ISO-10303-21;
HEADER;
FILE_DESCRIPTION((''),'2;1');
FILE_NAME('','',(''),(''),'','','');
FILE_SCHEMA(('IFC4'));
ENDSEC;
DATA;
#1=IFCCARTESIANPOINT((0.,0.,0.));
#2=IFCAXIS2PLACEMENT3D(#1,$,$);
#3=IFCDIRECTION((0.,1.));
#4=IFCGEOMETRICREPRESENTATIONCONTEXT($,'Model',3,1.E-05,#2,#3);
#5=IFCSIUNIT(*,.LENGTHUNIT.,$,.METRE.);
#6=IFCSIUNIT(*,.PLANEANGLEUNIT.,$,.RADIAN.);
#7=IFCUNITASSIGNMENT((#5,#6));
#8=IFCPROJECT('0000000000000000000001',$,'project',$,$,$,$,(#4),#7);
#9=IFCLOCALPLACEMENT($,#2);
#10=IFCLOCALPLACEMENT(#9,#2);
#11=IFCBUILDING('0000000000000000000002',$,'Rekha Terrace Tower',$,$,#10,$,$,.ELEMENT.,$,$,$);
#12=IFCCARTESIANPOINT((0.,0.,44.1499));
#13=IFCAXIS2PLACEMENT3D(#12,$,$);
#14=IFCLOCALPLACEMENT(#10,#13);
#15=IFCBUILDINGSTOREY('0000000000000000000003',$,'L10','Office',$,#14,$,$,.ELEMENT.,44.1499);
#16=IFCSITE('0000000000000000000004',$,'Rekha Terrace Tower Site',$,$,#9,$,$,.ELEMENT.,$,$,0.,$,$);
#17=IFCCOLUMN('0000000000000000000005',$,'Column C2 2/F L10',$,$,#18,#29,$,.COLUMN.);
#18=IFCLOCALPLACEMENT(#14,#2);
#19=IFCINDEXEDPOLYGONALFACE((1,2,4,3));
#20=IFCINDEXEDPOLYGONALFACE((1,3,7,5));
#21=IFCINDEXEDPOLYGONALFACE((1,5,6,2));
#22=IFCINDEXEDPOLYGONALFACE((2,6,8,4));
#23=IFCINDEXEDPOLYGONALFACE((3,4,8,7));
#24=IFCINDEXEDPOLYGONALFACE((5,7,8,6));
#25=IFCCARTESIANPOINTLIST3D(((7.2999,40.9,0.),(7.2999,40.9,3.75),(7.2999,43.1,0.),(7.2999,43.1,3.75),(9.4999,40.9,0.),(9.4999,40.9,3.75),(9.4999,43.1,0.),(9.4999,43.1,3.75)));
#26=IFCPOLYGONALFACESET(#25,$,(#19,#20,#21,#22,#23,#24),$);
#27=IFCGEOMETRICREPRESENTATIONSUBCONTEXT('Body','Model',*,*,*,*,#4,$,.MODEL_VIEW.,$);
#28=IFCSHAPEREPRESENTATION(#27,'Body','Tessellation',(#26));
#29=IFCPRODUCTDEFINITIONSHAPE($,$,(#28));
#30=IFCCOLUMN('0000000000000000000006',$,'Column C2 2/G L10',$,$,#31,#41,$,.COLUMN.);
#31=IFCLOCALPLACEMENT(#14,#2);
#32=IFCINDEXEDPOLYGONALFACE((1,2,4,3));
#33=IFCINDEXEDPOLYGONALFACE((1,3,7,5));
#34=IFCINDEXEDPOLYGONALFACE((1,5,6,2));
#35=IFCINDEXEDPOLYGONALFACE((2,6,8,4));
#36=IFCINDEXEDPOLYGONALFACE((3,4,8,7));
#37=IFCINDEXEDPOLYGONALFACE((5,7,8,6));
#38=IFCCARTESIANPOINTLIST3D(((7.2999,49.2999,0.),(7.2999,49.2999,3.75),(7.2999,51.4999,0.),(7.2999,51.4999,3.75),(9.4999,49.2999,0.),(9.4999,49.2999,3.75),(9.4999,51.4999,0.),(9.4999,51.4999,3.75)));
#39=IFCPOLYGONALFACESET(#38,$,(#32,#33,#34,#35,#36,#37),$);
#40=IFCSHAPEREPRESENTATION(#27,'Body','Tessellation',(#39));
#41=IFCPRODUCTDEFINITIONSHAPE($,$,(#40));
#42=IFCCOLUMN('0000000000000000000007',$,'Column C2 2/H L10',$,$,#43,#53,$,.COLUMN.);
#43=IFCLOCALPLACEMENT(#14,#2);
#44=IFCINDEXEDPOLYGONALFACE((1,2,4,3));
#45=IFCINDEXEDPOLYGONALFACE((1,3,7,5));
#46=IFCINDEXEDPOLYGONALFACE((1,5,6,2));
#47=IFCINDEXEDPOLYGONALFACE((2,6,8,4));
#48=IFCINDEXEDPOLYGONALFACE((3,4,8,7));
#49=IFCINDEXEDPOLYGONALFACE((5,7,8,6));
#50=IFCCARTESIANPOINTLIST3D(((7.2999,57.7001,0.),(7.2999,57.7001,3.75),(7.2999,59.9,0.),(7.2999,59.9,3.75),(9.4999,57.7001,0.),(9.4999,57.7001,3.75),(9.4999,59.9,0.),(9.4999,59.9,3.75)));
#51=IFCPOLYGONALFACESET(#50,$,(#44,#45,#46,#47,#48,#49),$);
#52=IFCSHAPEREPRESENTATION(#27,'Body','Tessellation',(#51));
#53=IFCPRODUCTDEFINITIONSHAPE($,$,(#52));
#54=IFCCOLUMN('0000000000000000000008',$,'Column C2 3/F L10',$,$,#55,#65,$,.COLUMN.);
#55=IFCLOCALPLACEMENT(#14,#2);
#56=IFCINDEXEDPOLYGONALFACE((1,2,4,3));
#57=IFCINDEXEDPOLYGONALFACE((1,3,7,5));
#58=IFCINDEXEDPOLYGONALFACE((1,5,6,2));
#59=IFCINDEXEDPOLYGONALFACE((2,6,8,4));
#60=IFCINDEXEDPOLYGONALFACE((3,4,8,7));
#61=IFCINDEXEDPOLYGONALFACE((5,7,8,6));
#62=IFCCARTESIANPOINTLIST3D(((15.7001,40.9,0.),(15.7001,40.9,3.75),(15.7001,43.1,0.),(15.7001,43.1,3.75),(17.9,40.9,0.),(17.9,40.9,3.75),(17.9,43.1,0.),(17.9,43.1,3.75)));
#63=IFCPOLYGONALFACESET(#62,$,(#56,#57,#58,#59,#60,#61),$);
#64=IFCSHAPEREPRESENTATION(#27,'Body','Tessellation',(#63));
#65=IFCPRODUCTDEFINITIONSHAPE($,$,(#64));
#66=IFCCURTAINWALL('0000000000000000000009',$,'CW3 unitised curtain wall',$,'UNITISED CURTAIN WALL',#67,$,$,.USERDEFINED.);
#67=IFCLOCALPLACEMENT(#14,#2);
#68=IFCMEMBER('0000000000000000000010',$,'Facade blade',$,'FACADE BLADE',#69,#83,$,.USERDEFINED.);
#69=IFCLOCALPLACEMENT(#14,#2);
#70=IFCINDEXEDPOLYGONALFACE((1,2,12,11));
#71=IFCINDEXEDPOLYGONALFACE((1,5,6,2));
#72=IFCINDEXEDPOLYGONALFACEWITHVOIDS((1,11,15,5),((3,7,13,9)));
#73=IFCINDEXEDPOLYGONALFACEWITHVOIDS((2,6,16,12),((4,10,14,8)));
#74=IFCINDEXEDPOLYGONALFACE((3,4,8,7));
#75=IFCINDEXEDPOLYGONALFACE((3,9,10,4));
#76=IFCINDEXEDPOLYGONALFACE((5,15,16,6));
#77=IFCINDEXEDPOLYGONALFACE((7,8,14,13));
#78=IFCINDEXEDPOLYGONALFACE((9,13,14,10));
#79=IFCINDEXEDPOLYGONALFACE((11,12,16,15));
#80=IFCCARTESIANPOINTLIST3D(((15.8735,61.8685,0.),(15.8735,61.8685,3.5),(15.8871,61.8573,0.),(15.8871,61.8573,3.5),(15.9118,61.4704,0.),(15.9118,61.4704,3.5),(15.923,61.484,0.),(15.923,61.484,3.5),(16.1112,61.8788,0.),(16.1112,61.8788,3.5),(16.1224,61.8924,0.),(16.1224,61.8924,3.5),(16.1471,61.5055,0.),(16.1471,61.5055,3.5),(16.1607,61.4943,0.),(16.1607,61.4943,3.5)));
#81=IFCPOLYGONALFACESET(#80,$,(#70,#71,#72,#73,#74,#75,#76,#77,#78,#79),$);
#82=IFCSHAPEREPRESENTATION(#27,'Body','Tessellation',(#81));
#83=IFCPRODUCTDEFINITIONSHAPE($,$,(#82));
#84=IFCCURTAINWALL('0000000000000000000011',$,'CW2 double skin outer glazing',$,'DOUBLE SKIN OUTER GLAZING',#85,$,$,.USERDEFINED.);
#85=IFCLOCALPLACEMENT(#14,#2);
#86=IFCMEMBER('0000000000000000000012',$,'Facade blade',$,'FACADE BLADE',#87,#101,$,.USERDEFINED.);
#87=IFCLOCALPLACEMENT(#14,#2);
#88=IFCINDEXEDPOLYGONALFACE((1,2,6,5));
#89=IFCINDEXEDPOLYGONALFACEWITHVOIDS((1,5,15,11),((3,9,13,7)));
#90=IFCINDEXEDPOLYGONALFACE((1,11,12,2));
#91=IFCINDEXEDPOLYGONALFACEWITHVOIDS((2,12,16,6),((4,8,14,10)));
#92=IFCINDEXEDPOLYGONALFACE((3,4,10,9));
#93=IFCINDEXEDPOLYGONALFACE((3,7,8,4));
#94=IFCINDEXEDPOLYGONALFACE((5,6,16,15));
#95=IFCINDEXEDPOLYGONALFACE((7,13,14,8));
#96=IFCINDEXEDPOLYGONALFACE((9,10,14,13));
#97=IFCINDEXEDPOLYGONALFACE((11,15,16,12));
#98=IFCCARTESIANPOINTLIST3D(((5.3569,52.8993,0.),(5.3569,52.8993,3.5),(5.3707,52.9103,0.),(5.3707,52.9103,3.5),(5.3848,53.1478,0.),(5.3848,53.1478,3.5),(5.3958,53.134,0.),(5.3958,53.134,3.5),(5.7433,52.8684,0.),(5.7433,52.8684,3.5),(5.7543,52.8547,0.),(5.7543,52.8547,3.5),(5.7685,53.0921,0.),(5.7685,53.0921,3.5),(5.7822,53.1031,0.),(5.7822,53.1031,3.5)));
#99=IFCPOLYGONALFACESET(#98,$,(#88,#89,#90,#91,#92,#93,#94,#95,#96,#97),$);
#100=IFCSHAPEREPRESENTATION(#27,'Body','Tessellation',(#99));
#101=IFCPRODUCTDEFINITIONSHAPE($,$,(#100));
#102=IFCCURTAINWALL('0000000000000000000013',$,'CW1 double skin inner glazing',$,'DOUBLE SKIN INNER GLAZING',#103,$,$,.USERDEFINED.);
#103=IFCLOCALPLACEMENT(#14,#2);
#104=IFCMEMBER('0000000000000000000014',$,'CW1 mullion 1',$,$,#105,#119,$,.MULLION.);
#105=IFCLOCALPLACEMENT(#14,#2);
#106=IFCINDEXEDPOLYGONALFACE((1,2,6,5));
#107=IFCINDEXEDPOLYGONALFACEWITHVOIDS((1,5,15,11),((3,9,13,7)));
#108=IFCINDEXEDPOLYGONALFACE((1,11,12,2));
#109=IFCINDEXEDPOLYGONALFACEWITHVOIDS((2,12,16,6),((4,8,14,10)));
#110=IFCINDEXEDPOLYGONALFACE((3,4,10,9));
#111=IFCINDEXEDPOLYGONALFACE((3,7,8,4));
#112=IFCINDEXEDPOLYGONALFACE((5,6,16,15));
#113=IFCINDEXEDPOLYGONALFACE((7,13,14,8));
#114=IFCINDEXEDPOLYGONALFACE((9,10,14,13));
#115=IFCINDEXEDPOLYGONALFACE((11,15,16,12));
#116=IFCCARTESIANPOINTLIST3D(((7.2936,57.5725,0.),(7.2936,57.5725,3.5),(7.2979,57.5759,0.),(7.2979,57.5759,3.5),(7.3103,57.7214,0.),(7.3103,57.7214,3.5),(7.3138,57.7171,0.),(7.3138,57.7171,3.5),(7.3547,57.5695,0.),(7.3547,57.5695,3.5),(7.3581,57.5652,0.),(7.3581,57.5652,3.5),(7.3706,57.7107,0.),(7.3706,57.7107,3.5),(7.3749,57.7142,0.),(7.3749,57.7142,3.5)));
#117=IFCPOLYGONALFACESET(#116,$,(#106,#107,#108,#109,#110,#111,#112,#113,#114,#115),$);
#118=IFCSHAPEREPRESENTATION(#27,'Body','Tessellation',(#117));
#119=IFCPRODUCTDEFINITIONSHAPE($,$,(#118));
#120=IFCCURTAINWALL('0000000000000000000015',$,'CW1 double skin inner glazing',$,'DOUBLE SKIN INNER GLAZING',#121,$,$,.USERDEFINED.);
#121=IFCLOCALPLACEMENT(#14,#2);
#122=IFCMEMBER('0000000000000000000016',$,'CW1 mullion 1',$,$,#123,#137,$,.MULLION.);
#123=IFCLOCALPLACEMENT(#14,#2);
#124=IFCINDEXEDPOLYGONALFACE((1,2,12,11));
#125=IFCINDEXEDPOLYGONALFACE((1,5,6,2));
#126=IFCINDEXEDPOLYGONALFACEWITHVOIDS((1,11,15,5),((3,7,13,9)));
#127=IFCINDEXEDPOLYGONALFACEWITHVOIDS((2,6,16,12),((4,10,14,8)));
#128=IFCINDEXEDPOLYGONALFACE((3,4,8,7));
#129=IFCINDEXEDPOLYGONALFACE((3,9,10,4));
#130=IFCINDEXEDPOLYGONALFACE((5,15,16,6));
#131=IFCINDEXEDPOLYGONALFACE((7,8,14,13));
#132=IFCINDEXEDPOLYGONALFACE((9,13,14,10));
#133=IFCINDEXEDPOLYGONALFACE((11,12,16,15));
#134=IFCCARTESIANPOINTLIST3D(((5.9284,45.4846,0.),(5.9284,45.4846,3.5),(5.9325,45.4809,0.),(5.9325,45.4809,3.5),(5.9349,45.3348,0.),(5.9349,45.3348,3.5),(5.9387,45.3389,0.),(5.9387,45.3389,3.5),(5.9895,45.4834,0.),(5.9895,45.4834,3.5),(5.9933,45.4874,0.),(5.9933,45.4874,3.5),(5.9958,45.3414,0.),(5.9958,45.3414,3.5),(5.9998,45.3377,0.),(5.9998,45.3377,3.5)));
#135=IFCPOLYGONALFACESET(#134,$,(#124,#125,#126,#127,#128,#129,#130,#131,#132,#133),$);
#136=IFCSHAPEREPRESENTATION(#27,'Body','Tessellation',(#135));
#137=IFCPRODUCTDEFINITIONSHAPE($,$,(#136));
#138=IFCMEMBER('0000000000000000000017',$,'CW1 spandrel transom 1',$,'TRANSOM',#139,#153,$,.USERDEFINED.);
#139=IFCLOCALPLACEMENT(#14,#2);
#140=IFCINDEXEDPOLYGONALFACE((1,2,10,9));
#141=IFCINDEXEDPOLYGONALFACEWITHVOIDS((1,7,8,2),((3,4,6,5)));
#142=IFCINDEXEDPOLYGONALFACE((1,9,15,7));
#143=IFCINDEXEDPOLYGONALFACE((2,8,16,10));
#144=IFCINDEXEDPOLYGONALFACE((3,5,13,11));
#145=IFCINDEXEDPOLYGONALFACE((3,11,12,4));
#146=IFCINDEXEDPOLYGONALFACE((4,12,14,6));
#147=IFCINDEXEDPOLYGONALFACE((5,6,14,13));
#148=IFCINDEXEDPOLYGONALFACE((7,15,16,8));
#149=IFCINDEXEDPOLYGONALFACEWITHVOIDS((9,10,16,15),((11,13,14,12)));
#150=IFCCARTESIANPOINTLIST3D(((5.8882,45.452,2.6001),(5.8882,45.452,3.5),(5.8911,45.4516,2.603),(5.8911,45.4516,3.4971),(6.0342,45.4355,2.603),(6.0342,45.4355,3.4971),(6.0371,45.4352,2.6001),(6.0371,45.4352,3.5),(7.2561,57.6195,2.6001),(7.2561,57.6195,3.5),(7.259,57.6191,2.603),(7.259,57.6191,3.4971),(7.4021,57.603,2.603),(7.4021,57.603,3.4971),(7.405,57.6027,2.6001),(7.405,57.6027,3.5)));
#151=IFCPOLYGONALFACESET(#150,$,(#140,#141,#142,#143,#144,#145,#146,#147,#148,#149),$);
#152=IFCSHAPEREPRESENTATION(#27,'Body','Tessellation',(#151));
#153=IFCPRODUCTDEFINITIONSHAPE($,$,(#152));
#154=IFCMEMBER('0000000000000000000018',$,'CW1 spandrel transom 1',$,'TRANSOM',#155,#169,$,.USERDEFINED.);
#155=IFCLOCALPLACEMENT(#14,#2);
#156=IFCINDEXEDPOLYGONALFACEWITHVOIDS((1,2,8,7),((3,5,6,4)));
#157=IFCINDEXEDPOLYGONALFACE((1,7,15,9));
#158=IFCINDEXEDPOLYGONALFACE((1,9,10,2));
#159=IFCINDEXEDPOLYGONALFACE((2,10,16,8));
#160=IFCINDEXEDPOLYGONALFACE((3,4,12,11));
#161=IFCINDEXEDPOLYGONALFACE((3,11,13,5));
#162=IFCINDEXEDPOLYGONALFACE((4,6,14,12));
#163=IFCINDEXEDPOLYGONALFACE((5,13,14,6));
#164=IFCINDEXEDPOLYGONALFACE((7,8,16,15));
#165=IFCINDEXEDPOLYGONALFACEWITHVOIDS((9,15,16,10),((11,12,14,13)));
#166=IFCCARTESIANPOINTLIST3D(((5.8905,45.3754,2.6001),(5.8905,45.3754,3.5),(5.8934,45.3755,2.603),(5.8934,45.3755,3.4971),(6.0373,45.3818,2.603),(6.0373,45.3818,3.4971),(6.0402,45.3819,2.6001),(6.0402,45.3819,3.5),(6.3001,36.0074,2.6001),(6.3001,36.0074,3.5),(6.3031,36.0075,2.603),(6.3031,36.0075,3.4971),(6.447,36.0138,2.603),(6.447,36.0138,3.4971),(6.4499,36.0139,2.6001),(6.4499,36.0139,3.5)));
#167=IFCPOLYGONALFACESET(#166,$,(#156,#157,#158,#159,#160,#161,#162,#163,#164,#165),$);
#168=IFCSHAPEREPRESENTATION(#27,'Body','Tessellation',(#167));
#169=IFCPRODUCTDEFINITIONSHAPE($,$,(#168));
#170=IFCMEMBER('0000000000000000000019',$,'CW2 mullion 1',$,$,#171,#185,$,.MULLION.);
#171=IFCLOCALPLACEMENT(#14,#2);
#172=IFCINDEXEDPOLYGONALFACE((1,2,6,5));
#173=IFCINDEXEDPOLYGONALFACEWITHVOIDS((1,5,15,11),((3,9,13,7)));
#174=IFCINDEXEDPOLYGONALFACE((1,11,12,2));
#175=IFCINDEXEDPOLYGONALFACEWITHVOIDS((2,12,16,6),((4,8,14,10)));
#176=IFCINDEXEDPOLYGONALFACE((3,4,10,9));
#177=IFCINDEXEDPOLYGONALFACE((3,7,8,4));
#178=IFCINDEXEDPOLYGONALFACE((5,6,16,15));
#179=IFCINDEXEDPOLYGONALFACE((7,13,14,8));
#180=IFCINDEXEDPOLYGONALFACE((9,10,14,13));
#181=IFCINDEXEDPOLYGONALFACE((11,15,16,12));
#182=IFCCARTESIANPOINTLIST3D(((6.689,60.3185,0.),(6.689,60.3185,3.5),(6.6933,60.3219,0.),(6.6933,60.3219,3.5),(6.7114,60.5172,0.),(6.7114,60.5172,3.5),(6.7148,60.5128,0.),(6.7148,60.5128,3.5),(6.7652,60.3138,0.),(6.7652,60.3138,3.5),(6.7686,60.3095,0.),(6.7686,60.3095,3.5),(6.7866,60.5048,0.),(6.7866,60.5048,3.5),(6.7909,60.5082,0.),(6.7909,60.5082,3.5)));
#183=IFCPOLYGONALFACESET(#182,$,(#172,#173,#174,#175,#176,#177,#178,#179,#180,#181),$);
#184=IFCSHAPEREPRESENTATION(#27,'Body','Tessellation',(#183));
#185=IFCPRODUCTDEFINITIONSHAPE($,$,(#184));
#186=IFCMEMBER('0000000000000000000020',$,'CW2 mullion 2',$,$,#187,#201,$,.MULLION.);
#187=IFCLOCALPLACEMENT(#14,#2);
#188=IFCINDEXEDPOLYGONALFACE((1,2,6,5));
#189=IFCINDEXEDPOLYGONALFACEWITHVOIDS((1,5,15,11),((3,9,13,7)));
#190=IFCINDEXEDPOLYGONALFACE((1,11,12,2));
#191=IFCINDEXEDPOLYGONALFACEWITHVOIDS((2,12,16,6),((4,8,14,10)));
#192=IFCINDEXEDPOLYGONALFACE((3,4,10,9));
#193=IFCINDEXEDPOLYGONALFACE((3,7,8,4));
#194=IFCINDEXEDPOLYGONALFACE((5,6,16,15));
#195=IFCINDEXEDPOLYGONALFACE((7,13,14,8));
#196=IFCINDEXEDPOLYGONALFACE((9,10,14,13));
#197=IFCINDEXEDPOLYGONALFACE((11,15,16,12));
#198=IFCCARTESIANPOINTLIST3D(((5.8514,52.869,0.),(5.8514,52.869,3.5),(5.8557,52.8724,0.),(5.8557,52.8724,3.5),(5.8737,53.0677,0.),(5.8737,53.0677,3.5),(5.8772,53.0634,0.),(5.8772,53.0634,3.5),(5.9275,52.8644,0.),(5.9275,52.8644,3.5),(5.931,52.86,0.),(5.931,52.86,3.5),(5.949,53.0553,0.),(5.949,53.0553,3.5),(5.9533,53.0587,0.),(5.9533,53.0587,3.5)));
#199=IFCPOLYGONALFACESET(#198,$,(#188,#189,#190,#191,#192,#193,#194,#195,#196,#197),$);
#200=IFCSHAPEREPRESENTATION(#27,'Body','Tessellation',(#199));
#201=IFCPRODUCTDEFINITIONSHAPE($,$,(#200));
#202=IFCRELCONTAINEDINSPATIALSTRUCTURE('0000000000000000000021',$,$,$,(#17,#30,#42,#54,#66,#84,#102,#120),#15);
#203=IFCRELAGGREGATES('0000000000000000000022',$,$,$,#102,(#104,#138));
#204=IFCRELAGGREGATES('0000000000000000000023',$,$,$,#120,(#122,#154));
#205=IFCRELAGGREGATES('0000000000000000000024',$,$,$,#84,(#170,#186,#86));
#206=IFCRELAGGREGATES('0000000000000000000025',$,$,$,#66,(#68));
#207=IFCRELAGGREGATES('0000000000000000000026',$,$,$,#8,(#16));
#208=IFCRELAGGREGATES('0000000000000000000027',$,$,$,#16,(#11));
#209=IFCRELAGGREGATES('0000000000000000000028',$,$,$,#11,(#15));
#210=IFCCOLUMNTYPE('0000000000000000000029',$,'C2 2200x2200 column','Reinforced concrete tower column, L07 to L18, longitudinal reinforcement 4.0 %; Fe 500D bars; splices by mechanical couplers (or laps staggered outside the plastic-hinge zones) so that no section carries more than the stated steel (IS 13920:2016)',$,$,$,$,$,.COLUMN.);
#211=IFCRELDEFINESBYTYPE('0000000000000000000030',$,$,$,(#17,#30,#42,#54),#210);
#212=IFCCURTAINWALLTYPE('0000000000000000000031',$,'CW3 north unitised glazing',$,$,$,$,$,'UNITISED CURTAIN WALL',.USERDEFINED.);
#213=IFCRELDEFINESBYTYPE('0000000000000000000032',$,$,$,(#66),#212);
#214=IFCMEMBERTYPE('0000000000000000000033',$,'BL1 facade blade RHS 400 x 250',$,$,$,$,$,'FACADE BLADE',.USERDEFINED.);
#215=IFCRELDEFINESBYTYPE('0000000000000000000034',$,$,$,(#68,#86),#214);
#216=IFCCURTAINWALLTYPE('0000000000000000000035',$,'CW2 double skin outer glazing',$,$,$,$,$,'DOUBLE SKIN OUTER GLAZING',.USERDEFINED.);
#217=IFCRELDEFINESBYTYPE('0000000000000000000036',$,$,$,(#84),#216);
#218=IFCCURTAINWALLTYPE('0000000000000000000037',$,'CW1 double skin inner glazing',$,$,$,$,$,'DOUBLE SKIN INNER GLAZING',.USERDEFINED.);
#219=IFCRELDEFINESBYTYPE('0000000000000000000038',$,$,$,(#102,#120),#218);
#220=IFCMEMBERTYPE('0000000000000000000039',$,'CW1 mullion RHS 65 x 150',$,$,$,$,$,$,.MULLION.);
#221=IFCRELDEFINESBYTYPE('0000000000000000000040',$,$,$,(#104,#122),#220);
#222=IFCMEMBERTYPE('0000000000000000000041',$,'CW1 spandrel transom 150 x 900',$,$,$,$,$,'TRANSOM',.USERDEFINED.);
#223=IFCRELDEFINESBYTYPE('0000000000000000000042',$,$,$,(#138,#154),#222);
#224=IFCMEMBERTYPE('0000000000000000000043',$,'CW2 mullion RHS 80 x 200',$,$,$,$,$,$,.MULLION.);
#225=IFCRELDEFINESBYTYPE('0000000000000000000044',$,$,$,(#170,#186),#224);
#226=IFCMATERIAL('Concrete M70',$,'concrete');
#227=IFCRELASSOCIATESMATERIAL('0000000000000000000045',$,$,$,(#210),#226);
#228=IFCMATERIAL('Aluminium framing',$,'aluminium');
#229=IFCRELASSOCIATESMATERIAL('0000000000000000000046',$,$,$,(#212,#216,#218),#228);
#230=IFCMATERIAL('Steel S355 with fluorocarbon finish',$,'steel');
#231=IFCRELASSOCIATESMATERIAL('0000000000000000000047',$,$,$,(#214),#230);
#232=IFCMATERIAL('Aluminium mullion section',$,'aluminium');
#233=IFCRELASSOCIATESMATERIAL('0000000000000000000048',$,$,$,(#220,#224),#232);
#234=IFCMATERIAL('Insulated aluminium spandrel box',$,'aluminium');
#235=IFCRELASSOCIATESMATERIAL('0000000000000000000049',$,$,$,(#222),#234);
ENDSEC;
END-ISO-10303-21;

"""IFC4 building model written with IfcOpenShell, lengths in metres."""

from ifc_helpers import new_model, si_unit, direction, frame, origin, origin_2d, place, context, subcontext, project, spatial, rectangle, hollow_rectangle, extrude, material, material_profile, profile_set, type_object, element, aggregate, save


model = new_model("IFC4")

# Units and contexts
model_context = context("Model", 3, precision=1e-05, world=origin(), true_north=direction((0.0, 1.0)))
body_context = subcontext(model_context, "Body", "Model", "MODEL_VIEW")
ifc_project = project(units=[si_unit("LENGTHUNIT", "METRE"), si_unit("PLANEANGLEUNIT", "RADIAN")], contexts=[model_context])

# Site, building, storey
site_placement = place(None, origin())
site = spatial("IfcSite", under=ifc_project, at=site_placement, Name="Rekha Terrace Tower Site", CompositionType="ELEMENT", RefElevation=0.0)
building_placement = place(site_placement, origin())
building = spatial("IfcBuilding", under=site, at=building_placement, Name="Rekha Terrace Tower", CompositionType="ELEMENT")
storey_placement = place(building_placement, frame((0.0, 0.0, 44.1499)))
storey = spatial("IfcBuildingStorey", under=building, at=storey_placement, Name="L10", Description="Office", CompositionType="ELEMENT", Elevation=44.1499)

# Columns
ifc_material_1 = material(Name="Concrete M70", Category="concrete")
ifc_material_profile_1 = material_profile(ifc_material_1, rectangle(XDim=2.2, YDim=2.2, at=origin_2d()), Name="RC 2200x2200")
ifc_profile_set_1 = profile_set([ifc_material_profile_1], Name="Concrete M70")
column_type = type_object("IfcColumnType", Name="C2 2200x2200 column", Description="Reinforced concrete tower column, L07 to L18, longitudinal reinforcement 4.0 %; Fe 500D bars; splices by mechanical couplers (or laps staggered outside the plastic-hinge zones) so that no section carries more than the stated steel (IS 13920:2016)", PredefinedType="COLUMN", material=ifc_profile_set_1)
for number, where, z_axis, x_axis, name in (
    (1, (8.3999, 42.0, 0.0), (0.0, 0.0, 1.0), (1.0, 0.0, 0.0), "Column C2 2/F L10"),
    (2, (8.3999, 50.3999, 0.0), (0.0, 0.0, 1.0), (1.0, 0.0, 0.0), "Column C2 2/G L10"),
    (3, (8.3999, 58.8, 0.0), (0.0, 0.0, 1.0), (1.0, 0.0, 0.0), "Column C2 2/H L10"),
    (4, (16.8, 42.0, 0.0), (0.0, 0.0, 1.0), (1.0, 0.0, 0.0), "Column C2 3/F L10"),
):
    element("IfcColumn", number, at=place(storey_placement, frame(where, z_axis=z_axis, x_axis=x_axis)), inside=storey, type_object=column_type, Name=name, PredefinedType="COLUMN", context=body_context, shape_type="SweptSolid", body=[
        extrude(rectangle(XDim=2.2, YDim=2.2, at=origin_2d()), origin(), (0.0, 0.0, 1.0), 3.75),
    ])

# Curtain walls, members
ifc_material_2 = material(Name="Aluminium framing", Category="aluminium")
curtain_wall_type_1 = type_object("IfcCurtainWallType", Name="CW3 north unitised glazing", ElementType="UNITISED CURTAIN WALL", PredefinedType="USERDEFINED", material=ifc_material_2)
curtain_wall_1_placement = place(storey_placement, origin())
curtain_wall_1 = element("IfcCurtainWall", 5, at=curtain_wall_1_placement, inside=storey, type_object=curtain_wall_type_1, Name="CW3 unitised curtain wall", ObjectType="UNITISED CURTAIN WALL", PredefinedType="USERDEFINED")
ifc_material_3 = material(Name="Steel S355 with fluorocarbon finish", Category="steel")
ifc_material_profile_2 = material_profile(ifc_material_3, hollow_rectangle(XDim=0.25, YDim=0.3999, WallThickness=0.0125, at=origin_2d()), Name="RHS400x250x12.5")
ifc_profile_set_2 = profile_set([ifc_material_profile_2], Name="Steel S355 with fluorocarbon finish")
member_type_1 = type_object("IfcMemberType", Name="BL1 facade blade RHS 400 x 250", ElementType="FACADE BLADE", PredefinedType="USERDEFINED", material=ifc_profile_set_2)
member_1_placement = place(storey_placement, frame((16.0171, 61.6814, 0.0), z_axis=(0.0, 0.0, 1.0), x_axis=(-0.995409, -0.095712, 0.0)))
member_1 = element("IfcMember", 6, at=member_1_placement, type_object=member_type_1, Name="Facade blade", ObjectType="FACADE BLADE", PredefinedType="USERDEFINED", context=body_context, shape_type="SweptSolid", body=[
    extrude(hollow_rectangle(XDim=0.25, YDim=0.3999, WallThickness=0.0125, at=origin_2d()), origin(), (0.0, 0.0, 1.0), 3.5),
])
curtain_wall_type_2 = type_object("IfcCurtainWallType", Name="CW2 double skin outer glazing", ElementType="DOUBLE SKIN OUTER GLAZING", PredefinedType="USERDEFINED", material=ifc_material_2)
curtain_wall_2_placement = place(storey_placement, origin())
curtain_wall_2 = element("IfcCurtainWall", 7, at=curtain_wall_2_placement, inside=storey, type_object=curtain_wall_type_2, Name="CW2 double skin outer glazing", ObjectType="DOUBLE SKIN OUTER GLAZING", PredefinedType="USERDEFINED")
member_2_placement = place(storey_placement, frame((5.5696, 53.0012, 0.0), z_axis=(0.0, 0.0, 1.0), x_axis=(-0.111729, -0.993739, 0.0)))
member_2 = element("IfcMember", 8, at=member_2_placement, type_object=member_type_1, Name="Facade blade", ObjectType="FACADE BLADE", PredefinedType="USERDEFINED", context=body_context, shape_type="SweptSolid", body=[
    extrude(hollow_rectangle(XDim=0.25, YDim=0.3999, WallThickness=0.0125, at=origin_2d()), origin(), (0.0, 0.0, 1.0), 3.5),
])
curtain_wall_type_3 = type_object("IfcCurtainWallType", Name="CW1 double skin inner glazing", ElementType="DOUBLE SKIN INNER GLAZING", PredefinedType="USERDEFINED", material=ifc_material_2)
curtain_wall_3_placement = place(storey_placement, origin())
curtain_wall_3 = element("IfcCurtainWall", 9, at=curtain_wall_3_placement, inside=storey, type_object=curtain_wall_type_3, Name="CW1 double skin inner glazing", ObjectType="DOUBLE SKIN INNER GLAZING", PredefinedType="USERDEFINED")
ifc_material_4 = material(Name="Aluminium mullion section", Category="aluminium")
ifc_material_profile_3 = material_profile(ifc_material_4, hollow_rectangle(XDim=0.0649, YDim=0.1499, WallThickness=0.0039, at=origin_2d()), Name="AL RHS 65x150")
ifc_profile_set_3 = profile_set([ifc_material_profile_3], Name="Aluminium mullion section")
member_type_2 = type_object("IfcMemberType", Name="CW1 mullion RHS 65 x 150", PredefinedType="MULLION", material=ifc_profile_set_3)
member_3_placement = place(storey_placement, frame((7.3342, 57.6433, 0.0), z_axis=(0.0, 0.0, 1.0), x_axis=(0.993739, -0.11173, 0.0)))
member_3 = element("IfcMember", 10, at=member_3_placement, type_object=member_type_2, Name="CW1 mullion 1", PredefinedType="MULLION", context=body_context, shape_type="SweptSolid", body=[
    extrude(hollow_rectangle(XDim=0.0649, YDim=0.1499, WallThickness=0.0039, at=origin_2d()), origin(), (0.0, 0.0, 1.0), 3.5),
])
curtain_wall_4_placement = place(storey_placement, origin())
curtain_wall_4 = element("IfcCurtainWall", 11, at=curtain_wall_4_placement, inside=storey, type_object=curtain_wall_type_3, Name="CW1 double skin inner glazing", ObjectType="DOUBLE SKIN INNER GLAZING", PredefinedType="USERDEFINED")
member_4_placement = place(storey_placement, frame((5.9641, 45.4111, 0.0), z_axis=(0.0, 0.0, 1.0), x_axis=(0.999045, 0.043683, 0.0)))
member_4 = element("IfcMember", 12, at=member_4_placement, type_object=member_type_2, Name="CW1 mullion 1", PredefinedType="MULLION", context=body_context, shape_type="SweptSolid", body=[
    extrude(hollow_rectangle(XDim=0.0649, YDim=0.1499, WallThickness=0.0039, at=origin_2d()), origin(), (0.0, 0.0, 1.0), 3.5),
])

# Members
ifc_material_5 = material(Name="Insulated aluminium spandrel box", Category="aluminium")
ifc_material_profile_4 = material_profile(ifc_material_5, hollow_rectangle(XDim=0.1499, YDim=0.8999, WallThickness=0.0029, at=origin_2d()), Name="AL SPANDREL BOX 150x900")
ifc_profile_set_4 = profile_set([ifc_material_profile_4], Name="Insulated aluminium spandrel box")
member_type_3 = type_object("IfcMemberType", Name="CW1 spandrel transom 150 x 900", ElementType="TRANSOM", PredefinedType="USERDEFINED", material=ifc_profile_set_4)
member_5_placement = place(storey_placement, frame((7.3306, 57.6111, 3.05), z_axis=(-0.11172, -0.99374, 0.0), x_axis=(0.99374, -0.11172, 0.0)))
member_5 = element("IfcMember", 13, at=member_5_placement, type_object=member_type_3, Name="CW1 spandrel transom 1", ObjectType="TRANSOM", PredefinedType="USERDEFINED", context=body_context, shape_type="SweptSolid", body=[
    extrude(hollow_rectangle(XDim=0.1499, YDim=0.8999, WallThickness=0.0029, at=origin_2d()), origin(), (0.0, 0.0, 1.0), 12.2441),
])
member_6_placement = place(storey_placement, frame((5.9653, 45.3787, 3.05), z_axis=(0.043689, -0.999045, 0.0), x_axis=(0.999045, 0.043689, 0.0)))
member_6 = element("IfcMember", 14, at=member_6_placement, type_object=member_type_3, Name="CW1 spandrel transom 1", ObjectType="TRANSOM", PredefinedType="USERDEFINED", context=body_context, shape_type="SweptSolid", body=[
    extrude(hollow_rectangle(XDim=0.1499, YDim=0.8999, WallThickness=0.0029, at=origin_2d()), origin(), (0.0, 0.0, 1.0), 9.377),
])
ifc_material_profile_5 = material_profile(ifc_material_4, hollow_rectangle(XDim=0.0801, YDim=0.2, WallThickness=0.0039, at=origin_2d()), Name="AL RHS 80x200")
ifc_profile_set_5 = profile_set([ifc_material_profile_5], Name="Aluminium mullion section")
member_type_4 = type_object("IfcMemberType", Name="CW2 mullion RHS 80 x 200", PredefinedType="MULLION", material=ifc_profile_set_5)
member_7_placement = place(storey_placement, frame((6.74, 60.4133, 0.0), z_axis=(0.0, 0.0, 1.0), x_axis=(0.993739, -0.11173, 0.0)))
member_7 = element("IfcMember", 15, at=member_7_placement, type_object=member_type_4, Name="CW2 mullion 1", PredefinedType="MULLION", context=body_context, shape_type="SweptSolid", body=[
    extrude(hollow_rectangle(XDim=0.0801, YDim=0.2, WallThickness=0.0039, at=origin_2d()), origin(), (0.0, 0.0, 1.0), 3.5),
])
member_8_placement = place(storey_placement, frame((5.9023, 52.9639, 0.0), z_axis=(0.0, 0.0, 1.0), x_axis=(0.993739, -0.11173, 0.0)))
member_8 = element("IfcMember", 16, at=member_8_placement, type_object=member_type_4, Name="CW2 mullion 2", PredefinedType="MULLION", context=body_context, shape_type="SweptSolid", body=[
    extrude(hollow_rectangle(XDim=0.0801, YDim=0.2, WallThickness=0.0039, at=origin_2d()), origin(), (0.0, 0.0, 1.0), 3.5),
])

aggregate(curtain_wall_3, [member_3, member_5])
aggregate(curtain_wall_4, [member_4, member_6])
aggregate(curtain_wall_2, [member_7, member_8, member_2])
aggregate(curtain_wall_1, [member_1])

save(model, "model.ifc")
